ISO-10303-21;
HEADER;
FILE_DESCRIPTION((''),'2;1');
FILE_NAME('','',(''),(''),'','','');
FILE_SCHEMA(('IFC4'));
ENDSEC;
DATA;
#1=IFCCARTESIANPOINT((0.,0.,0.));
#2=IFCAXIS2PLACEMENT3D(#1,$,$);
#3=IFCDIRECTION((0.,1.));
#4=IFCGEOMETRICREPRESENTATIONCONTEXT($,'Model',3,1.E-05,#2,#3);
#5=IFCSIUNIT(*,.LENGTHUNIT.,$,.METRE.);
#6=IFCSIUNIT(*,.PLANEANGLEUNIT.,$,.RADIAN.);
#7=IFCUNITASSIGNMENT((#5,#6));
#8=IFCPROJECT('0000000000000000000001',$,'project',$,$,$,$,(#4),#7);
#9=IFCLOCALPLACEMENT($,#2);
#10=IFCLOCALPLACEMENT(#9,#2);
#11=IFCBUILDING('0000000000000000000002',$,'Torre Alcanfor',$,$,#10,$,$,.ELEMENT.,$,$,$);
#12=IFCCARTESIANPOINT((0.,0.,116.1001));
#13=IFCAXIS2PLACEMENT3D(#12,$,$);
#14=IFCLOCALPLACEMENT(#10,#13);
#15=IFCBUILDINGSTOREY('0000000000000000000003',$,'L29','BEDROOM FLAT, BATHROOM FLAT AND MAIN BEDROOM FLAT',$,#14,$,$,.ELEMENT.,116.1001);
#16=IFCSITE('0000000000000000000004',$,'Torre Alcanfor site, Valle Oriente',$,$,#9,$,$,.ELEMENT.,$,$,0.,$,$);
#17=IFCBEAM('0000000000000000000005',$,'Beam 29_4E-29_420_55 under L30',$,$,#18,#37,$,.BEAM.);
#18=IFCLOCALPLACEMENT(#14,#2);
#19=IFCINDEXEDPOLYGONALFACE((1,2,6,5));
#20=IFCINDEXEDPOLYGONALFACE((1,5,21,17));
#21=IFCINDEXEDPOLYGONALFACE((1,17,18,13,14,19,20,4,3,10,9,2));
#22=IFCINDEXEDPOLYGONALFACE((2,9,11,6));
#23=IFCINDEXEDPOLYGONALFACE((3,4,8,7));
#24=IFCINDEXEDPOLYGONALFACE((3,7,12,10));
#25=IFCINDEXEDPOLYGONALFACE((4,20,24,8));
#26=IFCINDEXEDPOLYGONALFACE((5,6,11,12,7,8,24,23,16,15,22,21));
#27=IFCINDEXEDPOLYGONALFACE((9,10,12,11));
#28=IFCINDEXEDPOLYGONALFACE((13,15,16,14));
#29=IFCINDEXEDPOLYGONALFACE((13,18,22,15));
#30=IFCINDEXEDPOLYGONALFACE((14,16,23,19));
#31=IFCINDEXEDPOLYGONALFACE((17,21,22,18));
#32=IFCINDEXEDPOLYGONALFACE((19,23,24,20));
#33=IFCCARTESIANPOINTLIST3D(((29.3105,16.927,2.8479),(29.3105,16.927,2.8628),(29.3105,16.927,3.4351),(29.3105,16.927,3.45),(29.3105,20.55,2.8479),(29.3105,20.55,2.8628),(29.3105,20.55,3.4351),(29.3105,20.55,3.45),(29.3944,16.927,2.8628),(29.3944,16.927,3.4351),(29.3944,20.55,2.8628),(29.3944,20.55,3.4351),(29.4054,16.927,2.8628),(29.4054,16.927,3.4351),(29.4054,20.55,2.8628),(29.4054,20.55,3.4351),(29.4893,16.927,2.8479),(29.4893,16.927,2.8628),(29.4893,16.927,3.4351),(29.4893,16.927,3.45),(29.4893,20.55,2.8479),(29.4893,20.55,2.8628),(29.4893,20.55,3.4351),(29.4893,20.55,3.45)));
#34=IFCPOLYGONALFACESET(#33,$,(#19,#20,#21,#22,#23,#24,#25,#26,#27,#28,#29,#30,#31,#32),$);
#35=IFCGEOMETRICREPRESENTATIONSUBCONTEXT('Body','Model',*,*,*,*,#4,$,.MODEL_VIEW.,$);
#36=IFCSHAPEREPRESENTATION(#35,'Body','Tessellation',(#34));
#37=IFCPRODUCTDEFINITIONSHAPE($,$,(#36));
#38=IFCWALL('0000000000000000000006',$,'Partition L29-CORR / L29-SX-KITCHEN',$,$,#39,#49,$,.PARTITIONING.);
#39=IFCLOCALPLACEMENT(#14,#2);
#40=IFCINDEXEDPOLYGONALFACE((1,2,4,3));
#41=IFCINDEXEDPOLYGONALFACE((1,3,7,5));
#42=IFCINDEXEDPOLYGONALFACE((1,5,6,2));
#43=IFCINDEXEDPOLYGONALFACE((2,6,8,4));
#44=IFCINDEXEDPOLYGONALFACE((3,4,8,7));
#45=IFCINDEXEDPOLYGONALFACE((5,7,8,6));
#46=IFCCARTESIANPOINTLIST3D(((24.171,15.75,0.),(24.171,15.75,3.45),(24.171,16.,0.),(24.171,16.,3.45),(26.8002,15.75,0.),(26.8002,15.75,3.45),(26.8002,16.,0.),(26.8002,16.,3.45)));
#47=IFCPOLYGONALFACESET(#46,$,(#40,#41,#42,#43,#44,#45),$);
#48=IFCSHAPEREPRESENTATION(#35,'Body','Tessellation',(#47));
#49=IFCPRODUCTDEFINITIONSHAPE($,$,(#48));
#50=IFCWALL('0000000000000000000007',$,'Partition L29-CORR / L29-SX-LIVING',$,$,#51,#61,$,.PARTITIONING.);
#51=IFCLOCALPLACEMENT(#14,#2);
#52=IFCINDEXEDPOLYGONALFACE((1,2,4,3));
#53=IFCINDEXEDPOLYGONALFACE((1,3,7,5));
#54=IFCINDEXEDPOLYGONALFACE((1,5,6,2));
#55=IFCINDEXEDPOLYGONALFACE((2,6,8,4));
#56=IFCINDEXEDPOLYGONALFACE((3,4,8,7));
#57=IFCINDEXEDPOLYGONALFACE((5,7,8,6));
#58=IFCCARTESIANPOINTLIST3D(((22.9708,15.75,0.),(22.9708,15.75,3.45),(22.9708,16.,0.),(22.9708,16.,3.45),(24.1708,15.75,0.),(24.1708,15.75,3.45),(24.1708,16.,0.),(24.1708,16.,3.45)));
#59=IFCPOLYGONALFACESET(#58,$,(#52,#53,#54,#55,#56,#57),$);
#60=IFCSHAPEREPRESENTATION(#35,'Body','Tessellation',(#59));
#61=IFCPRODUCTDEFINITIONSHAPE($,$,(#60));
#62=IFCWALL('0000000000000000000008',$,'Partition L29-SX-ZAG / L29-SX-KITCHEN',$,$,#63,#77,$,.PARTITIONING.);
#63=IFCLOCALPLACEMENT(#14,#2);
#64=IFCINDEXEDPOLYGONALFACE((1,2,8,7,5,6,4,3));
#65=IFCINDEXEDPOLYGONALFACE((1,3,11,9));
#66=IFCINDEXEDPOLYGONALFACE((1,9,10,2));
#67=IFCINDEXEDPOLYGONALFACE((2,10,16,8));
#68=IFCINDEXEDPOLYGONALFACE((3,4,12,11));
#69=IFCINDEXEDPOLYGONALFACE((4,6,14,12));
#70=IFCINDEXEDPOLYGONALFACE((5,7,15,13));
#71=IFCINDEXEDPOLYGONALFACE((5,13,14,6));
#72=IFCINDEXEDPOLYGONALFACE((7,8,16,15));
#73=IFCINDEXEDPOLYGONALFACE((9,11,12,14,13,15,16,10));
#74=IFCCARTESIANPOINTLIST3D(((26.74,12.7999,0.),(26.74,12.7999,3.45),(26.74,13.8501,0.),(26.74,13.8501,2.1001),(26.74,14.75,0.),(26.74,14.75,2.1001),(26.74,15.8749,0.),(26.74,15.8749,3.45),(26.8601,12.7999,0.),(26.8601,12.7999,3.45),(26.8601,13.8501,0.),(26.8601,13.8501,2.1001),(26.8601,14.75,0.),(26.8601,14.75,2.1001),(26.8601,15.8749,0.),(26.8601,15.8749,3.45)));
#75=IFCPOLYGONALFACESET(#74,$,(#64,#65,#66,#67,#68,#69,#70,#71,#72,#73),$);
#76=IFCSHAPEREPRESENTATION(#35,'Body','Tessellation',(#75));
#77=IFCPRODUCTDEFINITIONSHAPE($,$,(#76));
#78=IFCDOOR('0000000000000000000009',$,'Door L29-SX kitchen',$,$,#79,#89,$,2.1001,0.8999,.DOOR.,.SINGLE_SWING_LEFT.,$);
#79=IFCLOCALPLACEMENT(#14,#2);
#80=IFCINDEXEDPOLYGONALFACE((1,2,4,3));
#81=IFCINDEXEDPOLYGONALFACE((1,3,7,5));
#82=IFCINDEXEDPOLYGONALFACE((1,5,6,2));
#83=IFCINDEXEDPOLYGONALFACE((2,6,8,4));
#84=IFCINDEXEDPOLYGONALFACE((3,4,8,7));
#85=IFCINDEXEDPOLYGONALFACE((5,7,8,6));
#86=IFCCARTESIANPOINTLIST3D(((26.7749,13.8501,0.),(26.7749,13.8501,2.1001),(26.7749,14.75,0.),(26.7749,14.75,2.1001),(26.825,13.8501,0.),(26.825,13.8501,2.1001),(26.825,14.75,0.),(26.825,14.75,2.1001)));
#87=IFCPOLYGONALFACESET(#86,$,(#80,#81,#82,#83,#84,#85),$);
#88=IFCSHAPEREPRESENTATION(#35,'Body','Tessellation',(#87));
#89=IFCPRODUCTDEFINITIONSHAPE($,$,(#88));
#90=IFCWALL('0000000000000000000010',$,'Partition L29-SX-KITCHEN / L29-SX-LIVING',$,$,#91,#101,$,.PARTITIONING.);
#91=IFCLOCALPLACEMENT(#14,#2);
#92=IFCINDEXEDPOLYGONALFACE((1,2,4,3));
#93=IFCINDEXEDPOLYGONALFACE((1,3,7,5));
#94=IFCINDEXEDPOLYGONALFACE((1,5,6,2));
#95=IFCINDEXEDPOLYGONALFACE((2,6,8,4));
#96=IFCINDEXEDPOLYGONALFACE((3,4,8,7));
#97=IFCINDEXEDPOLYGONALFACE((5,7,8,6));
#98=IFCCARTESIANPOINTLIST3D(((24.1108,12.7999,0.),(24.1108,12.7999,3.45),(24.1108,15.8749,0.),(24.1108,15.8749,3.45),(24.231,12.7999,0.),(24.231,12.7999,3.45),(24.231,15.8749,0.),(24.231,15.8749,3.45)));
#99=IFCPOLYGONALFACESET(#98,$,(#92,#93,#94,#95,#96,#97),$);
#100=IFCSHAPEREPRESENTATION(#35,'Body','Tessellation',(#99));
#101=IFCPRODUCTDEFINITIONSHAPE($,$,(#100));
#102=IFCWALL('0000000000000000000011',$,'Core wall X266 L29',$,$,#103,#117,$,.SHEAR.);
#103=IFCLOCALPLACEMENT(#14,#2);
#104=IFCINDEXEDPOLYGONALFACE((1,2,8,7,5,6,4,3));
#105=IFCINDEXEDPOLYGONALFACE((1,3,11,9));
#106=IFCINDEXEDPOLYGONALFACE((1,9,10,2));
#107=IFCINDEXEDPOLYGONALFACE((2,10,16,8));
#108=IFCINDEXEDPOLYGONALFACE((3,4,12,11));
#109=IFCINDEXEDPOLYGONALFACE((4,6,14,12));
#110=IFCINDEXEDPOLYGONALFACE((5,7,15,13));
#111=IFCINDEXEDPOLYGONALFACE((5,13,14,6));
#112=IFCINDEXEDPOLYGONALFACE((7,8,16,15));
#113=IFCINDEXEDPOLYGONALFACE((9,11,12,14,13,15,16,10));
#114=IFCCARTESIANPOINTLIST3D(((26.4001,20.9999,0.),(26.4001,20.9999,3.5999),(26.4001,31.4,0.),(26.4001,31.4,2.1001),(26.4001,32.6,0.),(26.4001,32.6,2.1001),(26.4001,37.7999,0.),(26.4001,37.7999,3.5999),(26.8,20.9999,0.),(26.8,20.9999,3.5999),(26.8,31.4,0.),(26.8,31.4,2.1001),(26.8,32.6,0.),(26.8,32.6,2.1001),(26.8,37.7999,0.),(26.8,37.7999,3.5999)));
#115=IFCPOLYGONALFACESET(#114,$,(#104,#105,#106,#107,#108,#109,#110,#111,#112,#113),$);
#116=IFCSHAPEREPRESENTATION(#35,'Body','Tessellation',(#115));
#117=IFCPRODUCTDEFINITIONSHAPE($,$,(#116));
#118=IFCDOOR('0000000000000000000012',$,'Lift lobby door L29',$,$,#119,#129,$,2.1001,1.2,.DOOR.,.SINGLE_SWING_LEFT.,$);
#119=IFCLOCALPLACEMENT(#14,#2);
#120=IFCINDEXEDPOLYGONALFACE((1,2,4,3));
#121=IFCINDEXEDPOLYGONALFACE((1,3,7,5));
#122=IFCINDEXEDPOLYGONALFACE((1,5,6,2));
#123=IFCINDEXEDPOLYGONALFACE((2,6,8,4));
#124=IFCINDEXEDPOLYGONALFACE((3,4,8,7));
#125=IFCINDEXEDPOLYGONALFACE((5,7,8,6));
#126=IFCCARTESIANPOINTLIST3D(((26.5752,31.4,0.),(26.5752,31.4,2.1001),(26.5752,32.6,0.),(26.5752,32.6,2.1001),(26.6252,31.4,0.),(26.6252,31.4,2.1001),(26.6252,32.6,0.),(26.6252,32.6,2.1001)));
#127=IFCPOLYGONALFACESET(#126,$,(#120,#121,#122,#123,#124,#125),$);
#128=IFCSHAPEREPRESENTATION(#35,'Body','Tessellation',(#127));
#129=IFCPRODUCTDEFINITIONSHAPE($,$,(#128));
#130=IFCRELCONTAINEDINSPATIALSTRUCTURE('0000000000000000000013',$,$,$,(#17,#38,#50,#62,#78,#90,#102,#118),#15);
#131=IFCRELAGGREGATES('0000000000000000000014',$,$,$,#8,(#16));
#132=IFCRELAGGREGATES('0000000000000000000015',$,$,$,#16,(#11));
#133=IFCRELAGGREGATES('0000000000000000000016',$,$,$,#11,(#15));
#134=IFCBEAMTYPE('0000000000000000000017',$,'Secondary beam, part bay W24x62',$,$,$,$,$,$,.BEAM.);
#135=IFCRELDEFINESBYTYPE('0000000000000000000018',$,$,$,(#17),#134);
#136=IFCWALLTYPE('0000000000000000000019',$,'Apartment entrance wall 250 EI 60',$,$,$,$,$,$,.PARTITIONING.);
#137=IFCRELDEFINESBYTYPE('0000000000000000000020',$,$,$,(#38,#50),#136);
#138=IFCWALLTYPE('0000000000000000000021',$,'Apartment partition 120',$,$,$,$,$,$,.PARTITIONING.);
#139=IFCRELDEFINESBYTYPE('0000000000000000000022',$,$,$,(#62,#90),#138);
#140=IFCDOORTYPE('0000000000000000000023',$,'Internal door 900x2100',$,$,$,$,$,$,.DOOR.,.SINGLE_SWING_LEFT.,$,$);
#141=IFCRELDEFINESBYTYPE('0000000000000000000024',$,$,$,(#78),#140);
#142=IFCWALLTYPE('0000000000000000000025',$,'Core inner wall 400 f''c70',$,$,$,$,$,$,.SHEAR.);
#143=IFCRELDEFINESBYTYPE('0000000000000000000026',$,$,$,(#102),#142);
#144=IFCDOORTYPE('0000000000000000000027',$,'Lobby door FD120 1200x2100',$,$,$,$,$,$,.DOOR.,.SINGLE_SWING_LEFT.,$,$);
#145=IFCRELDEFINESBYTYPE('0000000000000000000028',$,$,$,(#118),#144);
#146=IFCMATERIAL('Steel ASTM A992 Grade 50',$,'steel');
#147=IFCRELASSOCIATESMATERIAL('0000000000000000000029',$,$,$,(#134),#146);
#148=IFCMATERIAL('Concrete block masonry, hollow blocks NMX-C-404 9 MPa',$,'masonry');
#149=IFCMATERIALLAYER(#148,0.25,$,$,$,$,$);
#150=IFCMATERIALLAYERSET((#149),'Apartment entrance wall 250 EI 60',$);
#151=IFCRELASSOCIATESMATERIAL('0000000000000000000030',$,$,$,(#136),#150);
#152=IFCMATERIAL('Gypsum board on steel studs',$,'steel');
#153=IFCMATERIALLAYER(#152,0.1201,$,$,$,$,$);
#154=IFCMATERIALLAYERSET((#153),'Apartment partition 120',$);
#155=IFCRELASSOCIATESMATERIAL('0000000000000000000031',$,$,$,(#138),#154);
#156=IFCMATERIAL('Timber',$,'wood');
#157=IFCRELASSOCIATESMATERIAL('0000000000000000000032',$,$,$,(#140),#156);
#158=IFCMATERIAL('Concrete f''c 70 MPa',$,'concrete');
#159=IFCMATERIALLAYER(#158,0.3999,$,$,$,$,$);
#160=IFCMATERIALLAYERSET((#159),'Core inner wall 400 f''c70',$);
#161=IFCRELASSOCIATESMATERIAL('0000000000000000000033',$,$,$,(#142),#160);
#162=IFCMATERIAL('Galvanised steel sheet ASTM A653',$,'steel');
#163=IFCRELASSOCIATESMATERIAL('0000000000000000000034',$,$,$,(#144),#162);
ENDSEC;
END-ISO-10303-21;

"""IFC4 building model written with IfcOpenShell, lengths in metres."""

from ifc_helpers import new_model, si_unit, direction, frame, frame_2d, origin, origin_2d, place, context, subcontext, project, spatial, rectangle, i_section, extrude, material, layer, layer_set, material_profile, profile_set, type_object, element, fill, save


model = new_model("IFC4")

# Units and contexts
model_context = context("Model", 3, precision=1e-05, world=origin(), true_north=direction((0.0, 1.0)))
body_context = subcontext(model_context, "Body", "Model", "MODEL_VIEW")
ifc_project = project(units=[si_unit("LENGTHUNIT", "METRE"), si_unit("PLANEANGLEUNIT", "RADIAN")], contexts=[model_context])

# Site, building, storey
site_placement = place(None, origin())
site = spatial("IfcSite", under=ifc_project, at=site_placement, Name="Torre Alcanfor site, Valle Oriente", CompositionType="ELEMENT", RefElevation=0.0)
building_placement = place(site_placement, origin())
building = spatial("IfcBuilding", under=site, at=building_placement, Name="Torre Alcanfor", CompositionType="ELEMENT")
storey_placement = place(building_placement, frame((0.0, 0.0, 116.1001)))
storey = spatial("IfcBuildingStorey", under=building, at=storey_placement, Name="L29", Description="BEDROOM FLAT, BATHROOM FLAT AND MAIN BEDROOM FLAT", CompositionType="ELEMENT", Elevation=116.1001)

# Beam
ifc_material_1 = material(Name="Steel ASTM A992 Grade 50", Category="steel")
ifc_material_profile_1 = material_profile(ifc_material_1, i_section(OverallWidth=0.1787, OverallDepth=0.6021, WebThickness=0.011, FlangeThickness=0.0149, at=origin_2d()), Name="W24x62")
ifc_profile_set_1 = profile_set([ifc_material_profile_1], Name="Steel ASTM A992 Grade 50")
beam_type_1 = type_object("IfcBeamType", Name="Secondary beam, part bay W24x62", PredefinedType="BEAM", material=ifc_profile_set_1)
for number, where, z_axis, x_axis, name in (
    (1, (29.3999, 16.927, 3.1489), (0.0, 1.0, 0.0), (-1.0, 0.0, 0.0), "Beam 29_4E-29_420_55 under L30"),
):
    element("IfcBeam", number, at=place(storey_placement, frame(where, z_axis=z_axis, x_axis=x_axis)), inside=storey, type_object=beam_type_1, Name=name, PredefinedType="BEAM", context=body_context, shape_type="SweptSolid", body=[
        extrude(i_section(OverallWidth=0.1787, OverallDepth=0.6021, WebThickness=0.011, FlangeThickness=0.0149, at=origin_2d()), origin(), (0.0, 0.0, 1.0), 3.623),
    ])

# Walls
ifc_material_2 = material(Name="Concrete block masonry, hollow blocks NMX-C-404 9 MPa", Category="masonry")
ifc_layer_1 = layer(ifc_material_2, 0.25)
ifc_layer_set_1 = layer_set([ifc_layer_1], Name="Apartment entrance wall 250 EI 60")
wall_type_1 = type_object("IfcWallType", Name="Apartment entrance wall 250 EI 60", PredefinedType="PARTITIONING", material=ifc_layer_set_1)
wall_1_placement = place(storey_placement, frame((26.8, 15.875, 0.0), z_axis=(0.0, 0.0, 1.0), x_axis=(-1.0, 0.0, 0.0)))
element("IfcWall", 2, at=wall_1_placement, inside=storey, type_object=wall_type_1, Name="Partition L29-CORR / L29-SX-KITCHEN", PredefinedType="PARTITIONING", context=body_context, shape_type="SweptSolid", body=[
    extrude(rectangle(XDim=2.6292, YDim=0.25, at=frame_2d((1.3145, 0.0))), origin(), (0.0, 0.0, 1.0), 3.45),
])
wall_2_placement = place(storey_placement, frame((24.1709, 15.875, 0.0), z_axis=(0.0, 0.0, 1.0), x_axis=(-1.0, 0.0, 0.0)))
element("IfcWall", 3, at=wall_2_placement, inside=storey, type_object=wall_type_1, Name="Partition L29-CORR / L29-SX-LIVING", PredefinedType="PARTITIONING", context=body_context, shape_type="SweptSolid", body=[
    extrude(rectangle(XDim=1.2, YDim=0.25, at=frame_2d((0.6001, 0.0))), origin(), (0.0, 0.0, 1.0), 3.45),
])

# Wall, opening, door
ifc_material_3 = material(Name="Gypsum board on steel studs", Category="steel")
ifc_layer_2 = layer(ifc_material_3, 0.1201)
ifc_layer_set_2 = layer_set([ifc_layer_2], Name="Apartment partition 120")
wall_type_2 = type_object("IfcWallType", Name="Apartment partition 120", PredefinedType="PARTITIONING", material=ifc_layer_set_2)
wall_3_placement = place(storey_placement, frame((26.8, 15.875, 0.0), z_axis=(0.0, 0.0, 1.0), x_axis=(0.0, -1.0, 0.0)))
wall_3 = element("IfcWall", 4, at=wall_3_placement, inside=storey, type_object=wall_type_2, Name="Partition L29-SX-ZAG / L29-SX-KITCHEN", PredefinedType="PARTITIONING", context=body_context, shape_type="SweptSolid", body=[
    extrude(rectangle(XDim=3.075, YDim=0.1201, at=frame_2d((1.5376, 0.0))), origin(), (0.0, 0.0, 1.0), 3.45),
])
opening_1_placement = place(wall_3_placement, frame((1.125, 0.0, 0.0)))
opening_1 = element("IfcOpeningElement", 5, at=opening_1_placement, cuts=wall_3, PredefinedType="OPENING", context=body_context, shape_type="SweptSolid", body=[
    extrude(rectangle(XDim=0.8999, YDim=2.1001, at=frame_2d((0.45, 1.05))), frame((0.0, 0.0701, 0.0), z_axis=(0.0, -1.0, 0.0), x_axis=(1.0, 0.0, 0.0)), (0.0, 0.0, 1.0), 0.1401),
])
ifc_material_4 = material(Name="Timber", Category="wood")
door_type_1 = type_object("IfcDoorType", Name="Internal door 900x2100", OperationType="SINGLE_SWING_LEFT", PredefinedType="DOOR", material=ifc_material_4)
door_1_placement = place(opening_1_placement, frame((0.8999, 0.0, 0.0), z_axis=(0.0, 0.0, 1.0), x_axis=(-1.0, 0.0, 0.0)))
door_1 = element("IfcDoor", 6, at=door_1_placement, inside=storey, type_object=door_type_1, Name="Door L29-SX kitchen", OperationType="SINGLE_SWING_LEFT", OverallHeight=2.1001, OverallWidth=0.8999, PredefinedType="DOOR", context=body_context, shape_type="SweptSolid", body=[
    extrude(rectangle(XDim=0.8999, YDim=2.1001, at=frame_2d((0.45, 1.05))), frame((0.0, 0.0251, 0.0), z_axis=(0.0, -1.0, 0.0), x_axis=(1.0, 0.0, 0.0)), (0.0, 0.0, 1.0), 0.05),
])
fill(opening_1, door_1)

# Wall
wall_4_placement = place(storey_placement, frame((24.1709, 15.875, 0.0), z_axis=(0.0, 0.0, 1.0), x_axis=(0.0, -1.0, 0.0)))
element("IfcWall", 7, at=wall_4_placement, inside=storey, type_object=wall_type_2, Name="Partition L29-SX-KITCHEN / L29-SX-LIVING", PredefinedType="PARTITIONING", context=body_context, shape_type="SweptSolid", body=[
    extrude(rectangle(XDim=3.075, YDim=0.1201, at=frame_2d((1.5376, 0.0))), origin(), (0.0, 0.0, 1.0), 3.45),
])

# Wall, opening, door
ifc_material_5 = material(Name="Concrete f'c 70 MPa", Category="concrete")
ifc_layer_3 = layer(ifc_material_5, 0.3999)
ifc_layer_set_3 = layer_set([ifc_layer_3], Name="Core inner wall 400 f'c70")
wall_type_3 = type_object("IfcWallType", Name="Core inner wall 400 f'c70", PredefinedType="SHEAR", material=ifc_layer_set_3)
wall_5_placement = place(storey_placement, frame((26.6001, 21.0, 0.0), z_axis=(0.0, 0.0, 1.0), x_axis=(0.0, 1.0, 0.0)))
wall_5 = element("IfcWall", 8, at=wall_5_placement, inside=storey, type_object=wall_type_3, Name="Core wall X266 L29", PredefinedType="SHEAR", context=body_context, shape_type="SweptSolid", body=[
    extrude(rectangle(XDim=16.8, YDim=0.3999, at=frame_2d((8.3999, 0.0))), origin(), (0.0, 0.0, 1.0), 3.5999),
])
opening_2_placement = place(wall_5_placement, frame((10.3999, 0.0, 0.0)))
opening_2 = element("IfcOpeningElement", 9, at=opening_2_placement, cuts=wall_5, PredefinedType="OPENING", context=body_context, shape_type="SweptSolid", body=[
    extrude(rectangle(XDim=1.2, YDim=2.1001, at=frame_2d((0.6001, 1.05))), frame((0.0, 0.21, 0.0), z_axis=(0.0, -1.0, 0.0), x_axis=(1.0, 0.0, 0.0)), (0.0, 0.0, 1.0), 0.4199),
])
ifc_material_6 = material(Name="Galvanised steel sheet ASTM A653", Category="steel")
door_type_2 = type_object("IfcDoorType", Name="Lobby door FD120 1200x2100", OperationType="SINGLE_SWING_LEFT", PredefinedType="DOOR", material=ifc_material_6)
door_2_placement = place(opening_2_placement, origin())
door_2 = element("IfcDoor", 10, at=door_2_placement, inside=storey, type_object=door_type_2, Name="Lift lobby door L29", OperationType="SINGLE_SWING_LEFT", OverallHeight=2.1001, OverallWidth=1.2, PredefinedType="DOOR", context=body_context, shape_type="SweptSolid", body=[
    extrude(rectangle(XDim=1.2, YDim=2.1001, at=frame_2d((0.6001, 1.05))), frame((0.0, 0.0249, 0.0), z_axis=(0.0, -1.0, 0.0), x_axis=(1.0, 0.0, 0.0)), (0.0, 0.0, 1.0), 0.05),
])
fill(opening_2, door_2)

save(model, "model.ifc")
